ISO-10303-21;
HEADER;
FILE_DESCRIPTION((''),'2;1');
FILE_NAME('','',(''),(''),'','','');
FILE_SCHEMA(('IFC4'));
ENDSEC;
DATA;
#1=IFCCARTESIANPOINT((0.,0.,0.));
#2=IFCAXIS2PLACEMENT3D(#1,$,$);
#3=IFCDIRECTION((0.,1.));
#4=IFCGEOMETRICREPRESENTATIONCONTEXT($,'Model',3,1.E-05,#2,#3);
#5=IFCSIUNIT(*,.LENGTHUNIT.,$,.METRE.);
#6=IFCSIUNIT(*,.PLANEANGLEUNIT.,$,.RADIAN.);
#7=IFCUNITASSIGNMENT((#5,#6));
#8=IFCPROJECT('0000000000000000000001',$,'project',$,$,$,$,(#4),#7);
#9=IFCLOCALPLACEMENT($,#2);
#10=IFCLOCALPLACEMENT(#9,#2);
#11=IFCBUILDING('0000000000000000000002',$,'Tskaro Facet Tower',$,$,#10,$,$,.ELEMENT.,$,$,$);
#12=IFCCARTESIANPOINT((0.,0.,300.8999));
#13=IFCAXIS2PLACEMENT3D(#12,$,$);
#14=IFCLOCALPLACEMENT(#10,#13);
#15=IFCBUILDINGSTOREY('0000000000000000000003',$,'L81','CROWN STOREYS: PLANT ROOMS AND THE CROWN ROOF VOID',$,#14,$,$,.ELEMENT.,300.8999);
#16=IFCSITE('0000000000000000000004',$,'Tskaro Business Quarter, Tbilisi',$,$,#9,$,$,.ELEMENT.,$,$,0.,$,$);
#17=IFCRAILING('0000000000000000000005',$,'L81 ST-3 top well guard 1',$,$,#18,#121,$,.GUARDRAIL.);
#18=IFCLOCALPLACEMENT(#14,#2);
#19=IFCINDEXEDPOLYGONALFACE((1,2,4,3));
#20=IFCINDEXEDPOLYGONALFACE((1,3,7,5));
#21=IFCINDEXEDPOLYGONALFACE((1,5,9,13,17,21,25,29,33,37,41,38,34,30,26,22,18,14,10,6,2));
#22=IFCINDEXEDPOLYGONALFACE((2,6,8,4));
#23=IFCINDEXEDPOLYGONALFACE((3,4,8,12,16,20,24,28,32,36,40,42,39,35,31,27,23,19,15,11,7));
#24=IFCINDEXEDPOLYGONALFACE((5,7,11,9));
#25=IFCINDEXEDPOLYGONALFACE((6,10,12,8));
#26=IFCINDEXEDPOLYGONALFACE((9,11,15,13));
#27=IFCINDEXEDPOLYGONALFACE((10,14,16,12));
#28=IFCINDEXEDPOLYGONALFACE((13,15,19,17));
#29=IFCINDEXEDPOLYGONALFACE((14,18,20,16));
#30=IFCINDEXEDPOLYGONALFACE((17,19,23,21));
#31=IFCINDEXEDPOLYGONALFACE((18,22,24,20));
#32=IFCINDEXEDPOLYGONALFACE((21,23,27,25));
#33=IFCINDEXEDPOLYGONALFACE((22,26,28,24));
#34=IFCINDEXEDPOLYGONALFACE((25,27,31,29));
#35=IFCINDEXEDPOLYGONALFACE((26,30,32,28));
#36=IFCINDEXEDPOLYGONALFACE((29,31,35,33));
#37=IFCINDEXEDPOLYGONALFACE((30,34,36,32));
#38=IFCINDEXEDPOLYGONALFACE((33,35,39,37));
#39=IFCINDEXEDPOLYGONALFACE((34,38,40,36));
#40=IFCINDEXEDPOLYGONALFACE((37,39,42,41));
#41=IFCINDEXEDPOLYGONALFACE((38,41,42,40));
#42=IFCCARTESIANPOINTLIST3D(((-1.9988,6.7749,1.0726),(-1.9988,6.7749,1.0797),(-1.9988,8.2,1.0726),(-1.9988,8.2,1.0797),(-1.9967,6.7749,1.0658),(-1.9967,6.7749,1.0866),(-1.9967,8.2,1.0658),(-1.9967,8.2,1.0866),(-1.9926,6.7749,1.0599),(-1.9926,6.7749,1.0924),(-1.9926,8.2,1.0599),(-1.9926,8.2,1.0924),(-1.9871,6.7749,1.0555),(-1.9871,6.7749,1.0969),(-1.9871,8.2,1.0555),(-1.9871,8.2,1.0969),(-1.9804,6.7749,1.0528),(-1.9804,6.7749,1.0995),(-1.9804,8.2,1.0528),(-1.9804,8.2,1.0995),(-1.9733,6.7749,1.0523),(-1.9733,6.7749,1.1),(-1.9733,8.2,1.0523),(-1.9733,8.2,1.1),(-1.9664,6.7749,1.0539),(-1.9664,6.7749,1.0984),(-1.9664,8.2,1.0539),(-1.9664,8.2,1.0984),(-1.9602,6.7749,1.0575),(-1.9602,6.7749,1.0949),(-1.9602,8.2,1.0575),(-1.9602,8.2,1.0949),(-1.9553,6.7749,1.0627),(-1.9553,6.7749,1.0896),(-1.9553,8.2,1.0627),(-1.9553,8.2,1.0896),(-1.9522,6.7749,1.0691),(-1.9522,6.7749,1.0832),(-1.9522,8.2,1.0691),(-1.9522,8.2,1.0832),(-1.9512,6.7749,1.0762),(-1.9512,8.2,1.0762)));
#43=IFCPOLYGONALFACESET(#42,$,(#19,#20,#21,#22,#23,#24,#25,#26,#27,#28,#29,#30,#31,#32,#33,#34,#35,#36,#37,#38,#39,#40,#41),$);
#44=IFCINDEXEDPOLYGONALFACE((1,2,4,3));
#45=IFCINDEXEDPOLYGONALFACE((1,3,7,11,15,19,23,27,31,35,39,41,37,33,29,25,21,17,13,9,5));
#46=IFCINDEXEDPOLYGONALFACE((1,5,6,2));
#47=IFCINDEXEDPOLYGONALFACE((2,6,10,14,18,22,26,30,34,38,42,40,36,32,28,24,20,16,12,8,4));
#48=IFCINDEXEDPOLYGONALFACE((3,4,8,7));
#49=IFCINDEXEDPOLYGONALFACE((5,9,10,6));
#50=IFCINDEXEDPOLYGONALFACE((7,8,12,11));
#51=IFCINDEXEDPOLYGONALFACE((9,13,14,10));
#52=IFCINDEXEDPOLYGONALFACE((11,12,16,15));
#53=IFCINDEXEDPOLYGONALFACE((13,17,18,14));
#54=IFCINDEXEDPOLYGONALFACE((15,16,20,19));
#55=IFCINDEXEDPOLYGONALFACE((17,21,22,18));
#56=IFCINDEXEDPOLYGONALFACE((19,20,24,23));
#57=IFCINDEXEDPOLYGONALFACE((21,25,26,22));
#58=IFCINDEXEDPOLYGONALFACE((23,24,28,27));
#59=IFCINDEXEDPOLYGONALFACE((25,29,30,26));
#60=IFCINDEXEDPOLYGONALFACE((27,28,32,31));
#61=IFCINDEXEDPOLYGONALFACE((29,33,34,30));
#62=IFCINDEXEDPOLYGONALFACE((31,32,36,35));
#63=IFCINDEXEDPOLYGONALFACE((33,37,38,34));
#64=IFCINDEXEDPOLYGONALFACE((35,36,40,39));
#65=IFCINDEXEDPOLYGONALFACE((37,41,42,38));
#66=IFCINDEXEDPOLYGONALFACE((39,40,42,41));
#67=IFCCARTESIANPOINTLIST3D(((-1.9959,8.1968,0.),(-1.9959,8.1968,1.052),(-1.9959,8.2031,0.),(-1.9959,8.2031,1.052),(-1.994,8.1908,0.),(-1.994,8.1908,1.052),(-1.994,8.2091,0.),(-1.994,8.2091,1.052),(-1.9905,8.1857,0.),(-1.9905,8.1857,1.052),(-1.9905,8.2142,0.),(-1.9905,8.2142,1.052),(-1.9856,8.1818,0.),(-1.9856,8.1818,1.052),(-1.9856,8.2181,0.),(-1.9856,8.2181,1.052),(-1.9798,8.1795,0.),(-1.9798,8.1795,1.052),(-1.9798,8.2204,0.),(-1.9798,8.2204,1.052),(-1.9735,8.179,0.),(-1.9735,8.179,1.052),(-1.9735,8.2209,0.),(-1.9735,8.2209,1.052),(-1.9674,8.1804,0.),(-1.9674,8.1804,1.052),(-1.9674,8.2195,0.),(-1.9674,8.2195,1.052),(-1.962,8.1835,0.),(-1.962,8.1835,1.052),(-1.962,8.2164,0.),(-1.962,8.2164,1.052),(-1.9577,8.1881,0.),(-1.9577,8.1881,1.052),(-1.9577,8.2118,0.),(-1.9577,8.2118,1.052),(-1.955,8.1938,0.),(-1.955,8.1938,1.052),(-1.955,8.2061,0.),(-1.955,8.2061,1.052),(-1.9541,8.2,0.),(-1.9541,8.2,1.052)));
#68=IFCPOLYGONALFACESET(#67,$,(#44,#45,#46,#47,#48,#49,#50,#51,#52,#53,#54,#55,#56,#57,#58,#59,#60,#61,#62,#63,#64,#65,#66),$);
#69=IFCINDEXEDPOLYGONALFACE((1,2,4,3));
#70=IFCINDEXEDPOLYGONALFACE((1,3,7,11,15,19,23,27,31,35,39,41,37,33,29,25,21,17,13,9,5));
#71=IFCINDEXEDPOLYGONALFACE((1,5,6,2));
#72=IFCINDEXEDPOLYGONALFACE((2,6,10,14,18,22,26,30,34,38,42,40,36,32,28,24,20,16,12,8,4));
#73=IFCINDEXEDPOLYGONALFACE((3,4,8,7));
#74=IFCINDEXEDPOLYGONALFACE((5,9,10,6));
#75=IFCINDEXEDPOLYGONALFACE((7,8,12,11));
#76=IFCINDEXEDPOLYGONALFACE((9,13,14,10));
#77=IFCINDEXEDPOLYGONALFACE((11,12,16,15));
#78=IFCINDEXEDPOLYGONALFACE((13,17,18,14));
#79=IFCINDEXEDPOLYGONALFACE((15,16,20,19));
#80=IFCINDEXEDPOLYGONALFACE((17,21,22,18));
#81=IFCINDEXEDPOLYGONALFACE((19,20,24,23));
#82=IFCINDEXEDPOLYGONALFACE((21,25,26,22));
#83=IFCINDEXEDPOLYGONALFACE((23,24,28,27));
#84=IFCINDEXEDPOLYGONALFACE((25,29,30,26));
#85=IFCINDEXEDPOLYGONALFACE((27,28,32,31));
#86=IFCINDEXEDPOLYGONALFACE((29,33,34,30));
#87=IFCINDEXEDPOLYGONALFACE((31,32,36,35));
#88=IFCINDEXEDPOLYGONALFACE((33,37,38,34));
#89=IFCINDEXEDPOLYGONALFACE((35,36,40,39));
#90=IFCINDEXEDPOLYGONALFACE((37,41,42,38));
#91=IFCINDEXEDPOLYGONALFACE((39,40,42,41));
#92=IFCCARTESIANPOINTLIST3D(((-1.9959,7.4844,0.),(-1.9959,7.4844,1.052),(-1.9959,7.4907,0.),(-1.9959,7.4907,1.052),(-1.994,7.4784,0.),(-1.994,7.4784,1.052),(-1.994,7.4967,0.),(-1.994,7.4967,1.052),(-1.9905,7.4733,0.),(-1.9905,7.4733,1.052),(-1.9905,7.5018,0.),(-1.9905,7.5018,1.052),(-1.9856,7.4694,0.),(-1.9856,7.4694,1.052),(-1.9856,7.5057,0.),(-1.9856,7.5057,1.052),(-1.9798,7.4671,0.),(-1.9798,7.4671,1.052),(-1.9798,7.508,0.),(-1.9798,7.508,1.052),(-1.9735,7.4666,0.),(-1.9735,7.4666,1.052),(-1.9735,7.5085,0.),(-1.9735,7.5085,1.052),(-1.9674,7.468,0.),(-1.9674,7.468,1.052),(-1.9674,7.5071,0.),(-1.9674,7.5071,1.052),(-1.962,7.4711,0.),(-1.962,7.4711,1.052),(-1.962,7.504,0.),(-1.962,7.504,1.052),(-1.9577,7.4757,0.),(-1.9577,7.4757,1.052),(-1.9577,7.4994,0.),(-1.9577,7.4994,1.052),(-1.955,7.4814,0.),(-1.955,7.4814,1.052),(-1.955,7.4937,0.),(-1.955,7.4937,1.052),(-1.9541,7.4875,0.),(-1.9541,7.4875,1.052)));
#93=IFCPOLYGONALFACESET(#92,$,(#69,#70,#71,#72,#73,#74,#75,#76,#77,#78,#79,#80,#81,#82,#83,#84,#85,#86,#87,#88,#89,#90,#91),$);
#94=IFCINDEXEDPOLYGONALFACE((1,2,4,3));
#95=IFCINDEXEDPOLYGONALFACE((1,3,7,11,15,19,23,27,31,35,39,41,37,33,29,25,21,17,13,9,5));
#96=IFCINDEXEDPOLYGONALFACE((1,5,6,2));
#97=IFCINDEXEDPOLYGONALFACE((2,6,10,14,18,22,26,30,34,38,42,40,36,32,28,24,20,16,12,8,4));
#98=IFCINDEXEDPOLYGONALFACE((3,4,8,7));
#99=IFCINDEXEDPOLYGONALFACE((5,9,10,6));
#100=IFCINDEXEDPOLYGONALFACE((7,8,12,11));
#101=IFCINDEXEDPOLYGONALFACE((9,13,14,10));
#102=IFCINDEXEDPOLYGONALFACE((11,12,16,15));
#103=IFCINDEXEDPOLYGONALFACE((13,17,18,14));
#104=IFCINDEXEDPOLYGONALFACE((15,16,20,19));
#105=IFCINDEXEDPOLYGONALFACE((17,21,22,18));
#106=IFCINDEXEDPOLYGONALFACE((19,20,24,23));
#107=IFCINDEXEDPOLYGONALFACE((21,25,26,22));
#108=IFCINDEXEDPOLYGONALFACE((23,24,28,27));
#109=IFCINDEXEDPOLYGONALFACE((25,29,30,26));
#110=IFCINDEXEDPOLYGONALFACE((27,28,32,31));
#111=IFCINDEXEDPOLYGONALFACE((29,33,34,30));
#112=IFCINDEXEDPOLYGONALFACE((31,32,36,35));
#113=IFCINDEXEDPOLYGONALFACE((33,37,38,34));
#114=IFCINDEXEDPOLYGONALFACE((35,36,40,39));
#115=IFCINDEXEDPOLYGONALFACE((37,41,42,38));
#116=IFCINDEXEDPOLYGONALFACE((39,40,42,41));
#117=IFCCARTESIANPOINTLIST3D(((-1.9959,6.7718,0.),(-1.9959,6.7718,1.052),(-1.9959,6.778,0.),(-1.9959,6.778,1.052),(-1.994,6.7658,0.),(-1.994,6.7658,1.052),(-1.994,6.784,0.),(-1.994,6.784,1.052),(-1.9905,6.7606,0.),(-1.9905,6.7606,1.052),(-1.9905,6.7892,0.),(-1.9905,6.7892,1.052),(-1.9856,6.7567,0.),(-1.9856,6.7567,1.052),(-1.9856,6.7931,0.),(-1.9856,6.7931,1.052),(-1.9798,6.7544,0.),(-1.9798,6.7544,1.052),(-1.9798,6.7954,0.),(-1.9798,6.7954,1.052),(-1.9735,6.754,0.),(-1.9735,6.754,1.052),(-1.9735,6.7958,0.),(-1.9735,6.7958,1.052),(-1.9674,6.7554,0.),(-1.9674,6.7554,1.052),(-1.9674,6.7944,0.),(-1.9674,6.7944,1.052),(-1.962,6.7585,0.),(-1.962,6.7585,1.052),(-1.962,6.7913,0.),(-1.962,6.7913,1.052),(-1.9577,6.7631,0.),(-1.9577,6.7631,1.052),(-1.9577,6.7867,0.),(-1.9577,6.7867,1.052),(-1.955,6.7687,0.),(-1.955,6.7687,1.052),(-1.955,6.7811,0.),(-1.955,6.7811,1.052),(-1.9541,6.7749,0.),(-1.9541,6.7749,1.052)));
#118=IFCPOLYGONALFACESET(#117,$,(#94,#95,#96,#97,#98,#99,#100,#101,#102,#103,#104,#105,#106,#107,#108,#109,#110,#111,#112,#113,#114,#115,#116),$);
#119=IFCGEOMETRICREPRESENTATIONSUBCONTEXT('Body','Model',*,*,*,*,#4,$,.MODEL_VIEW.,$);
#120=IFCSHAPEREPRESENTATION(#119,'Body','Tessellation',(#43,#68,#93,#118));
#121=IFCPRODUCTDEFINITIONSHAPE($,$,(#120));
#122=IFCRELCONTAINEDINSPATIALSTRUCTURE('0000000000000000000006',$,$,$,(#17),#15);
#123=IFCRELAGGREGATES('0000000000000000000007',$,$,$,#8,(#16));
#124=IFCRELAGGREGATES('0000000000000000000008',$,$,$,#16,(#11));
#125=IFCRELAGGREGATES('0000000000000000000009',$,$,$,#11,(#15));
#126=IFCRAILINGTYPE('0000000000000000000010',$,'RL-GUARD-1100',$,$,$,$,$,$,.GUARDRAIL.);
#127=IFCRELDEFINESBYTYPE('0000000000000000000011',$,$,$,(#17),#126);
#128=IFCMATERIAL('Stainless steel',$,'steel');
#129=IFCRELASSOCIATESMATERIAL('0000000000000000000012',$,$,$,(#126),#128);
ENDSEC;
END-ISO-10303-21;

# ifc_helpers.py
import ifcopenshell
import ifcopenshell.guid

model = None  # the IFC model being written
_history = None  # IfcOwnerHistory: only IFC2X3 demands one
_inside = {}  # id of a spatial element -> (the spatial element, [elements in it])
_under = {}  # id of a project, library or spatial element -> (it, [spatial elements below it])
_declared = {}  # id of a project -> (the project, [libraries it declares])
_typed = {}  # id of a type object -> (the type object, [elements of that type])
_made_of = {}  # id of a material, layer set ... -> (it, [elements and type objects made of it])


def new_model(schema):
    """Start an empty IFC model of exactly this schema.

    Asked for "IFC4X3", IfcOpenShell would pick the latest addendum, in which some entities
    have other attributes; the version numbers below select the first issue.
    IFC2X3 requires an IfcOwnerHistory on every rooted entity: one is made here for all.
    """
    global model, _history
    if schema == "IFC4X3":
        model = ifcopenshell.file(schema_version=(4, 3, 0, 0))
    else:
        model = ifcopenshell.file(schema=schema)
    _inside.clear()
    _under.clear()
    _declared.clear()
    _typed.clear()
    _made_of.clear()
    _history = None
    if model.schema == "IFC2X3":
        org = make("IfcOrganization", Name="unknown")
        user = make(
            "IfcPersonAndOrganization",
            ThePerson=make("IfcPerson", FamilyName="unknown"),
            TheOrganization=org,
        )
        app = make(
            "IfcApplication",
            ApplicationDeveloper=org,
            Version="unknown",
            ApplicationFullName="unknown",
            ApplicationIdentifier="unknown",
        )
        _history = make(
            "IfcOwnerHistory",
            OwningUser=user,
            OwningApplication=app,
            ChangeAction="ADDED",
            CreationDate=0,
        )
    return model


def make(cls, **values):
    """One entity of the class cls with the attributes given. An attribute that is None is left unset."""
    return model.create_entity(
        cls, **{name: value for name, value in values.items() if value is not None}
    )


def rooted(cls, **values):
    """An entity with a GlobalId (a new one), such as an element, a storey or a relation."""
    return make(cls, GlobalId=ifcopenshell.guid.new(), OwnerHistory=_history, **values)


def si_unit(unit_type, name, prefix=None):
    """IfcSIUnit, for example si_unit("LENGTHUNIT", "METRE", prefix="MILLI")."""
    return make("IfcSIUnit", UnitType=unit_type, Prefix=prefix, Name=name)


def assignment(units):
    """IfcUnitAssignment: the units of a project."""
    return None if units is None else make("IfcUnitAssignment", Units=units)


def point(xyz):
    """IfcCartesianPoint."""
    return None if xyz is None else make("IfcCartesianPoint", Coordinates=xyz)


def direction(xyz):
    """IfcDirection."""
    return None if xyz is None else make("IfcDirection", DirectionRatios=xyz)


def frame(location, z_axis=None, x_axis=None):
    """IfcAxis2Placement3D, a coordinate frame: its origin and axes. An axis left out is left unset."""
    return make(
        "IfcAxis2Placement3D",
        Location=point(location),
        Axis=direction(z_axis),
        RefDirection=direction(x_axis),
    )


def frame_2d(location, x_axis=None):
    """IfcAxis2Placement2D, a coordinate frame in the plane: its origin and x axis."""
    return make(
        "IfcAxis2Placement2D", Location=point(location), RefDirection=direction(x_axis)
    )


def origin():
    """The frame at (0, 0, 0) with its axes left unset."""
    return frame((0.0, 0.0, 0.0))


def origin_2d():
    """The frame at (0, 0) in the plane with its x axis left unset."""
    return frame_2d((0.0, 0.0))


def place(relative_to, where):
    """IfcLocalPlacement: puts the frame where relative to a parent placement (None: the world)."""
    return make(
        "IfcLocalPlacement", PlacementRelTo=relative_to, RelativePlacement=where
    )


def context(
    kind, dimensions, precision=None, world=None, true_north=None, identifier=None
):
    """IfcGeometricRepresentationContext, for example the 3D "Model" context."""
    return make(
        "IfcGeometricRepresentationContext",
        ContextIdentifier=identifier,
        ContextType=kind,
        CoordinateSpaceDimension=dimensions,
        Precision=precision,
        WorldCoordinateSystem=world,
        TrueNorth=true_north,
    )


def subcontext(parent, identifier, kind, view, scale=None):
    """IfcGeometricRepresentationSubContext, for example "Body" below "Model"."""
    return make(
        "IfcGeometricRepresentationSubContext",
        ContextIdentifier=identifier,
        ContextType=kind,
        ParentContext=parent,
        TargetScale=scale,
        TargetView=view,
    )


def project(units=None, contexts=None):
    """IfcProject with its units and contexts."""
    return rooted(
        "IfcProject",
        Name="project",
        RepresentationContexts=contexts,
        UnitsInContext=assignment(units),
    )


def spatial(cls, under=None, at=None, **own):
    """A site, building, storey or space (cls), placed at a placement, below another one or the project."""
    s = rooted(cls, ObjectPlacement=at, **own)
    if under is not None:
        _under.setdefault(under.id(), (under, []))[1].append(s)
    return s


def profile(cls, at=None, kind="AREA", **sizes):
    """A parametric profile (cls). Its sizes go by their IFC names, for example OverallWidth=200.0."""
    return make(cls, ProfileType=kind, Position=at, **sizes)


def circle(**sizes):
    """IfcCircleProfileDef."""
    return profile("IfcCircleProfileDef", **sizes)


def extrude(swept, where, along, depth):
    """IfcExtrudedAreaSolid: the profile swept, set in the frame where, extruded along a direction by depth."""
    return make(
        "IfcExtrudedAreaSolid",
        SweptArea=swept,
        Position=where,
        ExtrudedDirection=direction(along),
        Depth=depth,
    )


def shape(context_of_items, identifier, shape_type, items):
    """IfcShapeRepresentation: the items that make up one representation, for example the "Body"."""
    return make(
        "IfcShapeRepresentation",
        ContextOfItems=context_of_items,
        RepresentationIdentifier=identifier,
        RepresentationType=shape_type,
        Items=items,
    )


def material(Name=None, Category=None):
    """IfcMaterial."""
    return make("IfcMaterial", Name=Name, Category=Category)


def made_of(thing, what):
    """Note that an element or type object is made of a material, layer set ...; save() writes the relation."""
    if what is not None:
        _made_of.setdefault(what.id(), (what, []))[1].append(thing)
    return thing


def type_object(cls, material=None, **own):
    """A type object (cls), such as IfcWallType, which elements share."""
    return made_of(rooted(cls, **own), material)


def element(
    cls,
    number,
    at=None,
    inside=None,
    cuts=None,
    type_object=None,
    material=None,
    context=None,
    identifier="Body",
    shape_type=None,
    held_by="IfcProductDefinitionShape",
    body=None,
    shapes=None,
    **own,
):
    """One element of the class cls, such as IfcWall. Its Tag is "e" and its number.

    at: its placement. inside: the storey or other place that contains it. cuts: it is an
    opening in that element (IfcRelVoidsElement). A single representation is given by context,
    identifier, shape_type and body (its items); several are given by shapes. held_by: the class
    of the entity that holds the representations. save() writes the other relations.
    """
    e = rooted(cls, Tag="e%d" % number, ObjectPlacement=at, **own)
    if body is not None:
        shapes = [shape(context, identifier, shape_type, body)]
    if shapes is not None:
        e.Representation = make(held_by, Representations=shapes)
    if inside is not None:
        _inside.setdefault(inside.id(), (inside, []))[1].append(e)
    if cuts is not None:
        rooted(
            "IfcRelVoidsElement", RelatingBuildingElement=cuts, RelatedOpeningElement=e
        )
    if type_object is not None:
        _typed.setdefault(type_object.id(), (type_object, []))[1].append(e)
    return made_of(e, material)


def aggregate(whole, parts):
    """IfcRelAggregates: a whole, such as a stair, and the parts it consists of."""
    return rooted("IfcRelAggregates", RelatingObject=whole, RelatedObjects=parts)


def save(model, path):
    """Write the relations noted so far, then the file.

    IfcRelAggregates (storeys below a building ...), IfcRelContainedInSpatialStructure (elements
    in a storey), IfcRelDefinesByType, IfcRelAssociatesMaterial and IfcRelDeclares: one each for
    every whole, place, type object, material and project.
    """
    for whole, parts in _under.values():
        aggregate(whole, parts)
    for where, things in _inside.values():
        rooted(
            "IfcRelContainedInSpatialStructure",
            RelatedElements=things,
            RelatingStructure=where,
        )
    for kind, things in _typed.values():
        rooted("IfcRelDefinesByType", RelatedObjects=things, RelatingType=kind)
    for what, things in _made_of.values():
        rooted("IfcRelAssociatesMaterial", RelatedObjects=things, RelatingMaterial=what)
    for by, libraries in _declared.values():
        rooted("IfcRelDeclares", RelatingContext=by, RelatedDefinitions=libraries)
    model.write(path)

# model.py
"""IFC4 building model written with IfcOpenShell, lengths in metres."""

from ifc_helpers import new_model, si_unit, direction, frame, origin, origin_2d, place, context, subcontext, project, spatial, circle, extrude, material, type_object, element, save


model = new_model("IFC4")

# Units and contexts
model_context = context("Model", 3, precision=1e-05, world=origin(), true_north=direction((0.0, 1.0)))
body_context = subcontext(model_context, "Body", "Model", "MODEL_VIEW")
ifc_project = project(units=[si_unit("LENGTHUNIT", "METRE"), si_unit("PLANEANGLEUNIT", "RADIAN")], contexts=[model_context])

# Site, building, storey
site_placement = place(None, origin())
site = spatial("IfcSite", under=ifc_project, at=site_placement, Name="Tskaro Business Quarter, Tbilisi", CompositionType="ELEMENT", RefElevation=0.0)
building_placement = place(site_placement, origin())
building = spatial("IfcBuilding", under=site, at=building_placement, Name="Tskaro Facet Tower", CompositionType="ELEMENT")
storey_placement = place(building_placement, frame((0.0, 0.0, 300.8999)))
storey = spatial("IfcBuildingStorey", under=building, at=storey_placement, Name="L81", Description="CROWN STOREYS: PLANT ROOMS AND THE CROWN ROOF VOID", CompositionType="ELEMENT", Elevation=300.8999)

# Railing
ifc_material_1 = material(Name="Stainless steel", Category="steel")
railing_type = type_object("IfcRailingType", Name="RL-GUARD-1100", PredefinedType="GUARDRAIL", material=ifc_material_1)
railing_placement = place(storey_placement, frame((-1.9751, 8.2, 0.0)))
element("IfcRailing", 1, at=railing_placement, inside=storey, type_object=railing_type, Name="L81 ST-3 top well guard 1", PredefinedType="GUARDRAIL", context=body_context, shape_type="SweptSolid", body=[
    extrude(circle(Radius=0.0239, at=origin_2d()), frame((0.0, 0.0, 1.0762), z_axis=(0.0, -1.0, 0.0), x_axis=(1.0, 0.0, 0.0)), (0.0, 0.0, 1.0), 1.425),
    extrude(circle(Radius=0.021, at=origin_2d()), origin(), (0.0, 0.0, 1.0), 1.052),
    extrude(circle(Radius=0.021, at=origin_2d()), frame((0.0, -0.7124, 0.0)), (0.0, 0.0, 1.0), 1.052),
    extrude(circle(Radius=0.021, at=origin_2d()), frame((0.0, -1.425, 0.0)), (0.0, 0.0, 1.0), 1.052),
])

save(model, "model.ifc")
